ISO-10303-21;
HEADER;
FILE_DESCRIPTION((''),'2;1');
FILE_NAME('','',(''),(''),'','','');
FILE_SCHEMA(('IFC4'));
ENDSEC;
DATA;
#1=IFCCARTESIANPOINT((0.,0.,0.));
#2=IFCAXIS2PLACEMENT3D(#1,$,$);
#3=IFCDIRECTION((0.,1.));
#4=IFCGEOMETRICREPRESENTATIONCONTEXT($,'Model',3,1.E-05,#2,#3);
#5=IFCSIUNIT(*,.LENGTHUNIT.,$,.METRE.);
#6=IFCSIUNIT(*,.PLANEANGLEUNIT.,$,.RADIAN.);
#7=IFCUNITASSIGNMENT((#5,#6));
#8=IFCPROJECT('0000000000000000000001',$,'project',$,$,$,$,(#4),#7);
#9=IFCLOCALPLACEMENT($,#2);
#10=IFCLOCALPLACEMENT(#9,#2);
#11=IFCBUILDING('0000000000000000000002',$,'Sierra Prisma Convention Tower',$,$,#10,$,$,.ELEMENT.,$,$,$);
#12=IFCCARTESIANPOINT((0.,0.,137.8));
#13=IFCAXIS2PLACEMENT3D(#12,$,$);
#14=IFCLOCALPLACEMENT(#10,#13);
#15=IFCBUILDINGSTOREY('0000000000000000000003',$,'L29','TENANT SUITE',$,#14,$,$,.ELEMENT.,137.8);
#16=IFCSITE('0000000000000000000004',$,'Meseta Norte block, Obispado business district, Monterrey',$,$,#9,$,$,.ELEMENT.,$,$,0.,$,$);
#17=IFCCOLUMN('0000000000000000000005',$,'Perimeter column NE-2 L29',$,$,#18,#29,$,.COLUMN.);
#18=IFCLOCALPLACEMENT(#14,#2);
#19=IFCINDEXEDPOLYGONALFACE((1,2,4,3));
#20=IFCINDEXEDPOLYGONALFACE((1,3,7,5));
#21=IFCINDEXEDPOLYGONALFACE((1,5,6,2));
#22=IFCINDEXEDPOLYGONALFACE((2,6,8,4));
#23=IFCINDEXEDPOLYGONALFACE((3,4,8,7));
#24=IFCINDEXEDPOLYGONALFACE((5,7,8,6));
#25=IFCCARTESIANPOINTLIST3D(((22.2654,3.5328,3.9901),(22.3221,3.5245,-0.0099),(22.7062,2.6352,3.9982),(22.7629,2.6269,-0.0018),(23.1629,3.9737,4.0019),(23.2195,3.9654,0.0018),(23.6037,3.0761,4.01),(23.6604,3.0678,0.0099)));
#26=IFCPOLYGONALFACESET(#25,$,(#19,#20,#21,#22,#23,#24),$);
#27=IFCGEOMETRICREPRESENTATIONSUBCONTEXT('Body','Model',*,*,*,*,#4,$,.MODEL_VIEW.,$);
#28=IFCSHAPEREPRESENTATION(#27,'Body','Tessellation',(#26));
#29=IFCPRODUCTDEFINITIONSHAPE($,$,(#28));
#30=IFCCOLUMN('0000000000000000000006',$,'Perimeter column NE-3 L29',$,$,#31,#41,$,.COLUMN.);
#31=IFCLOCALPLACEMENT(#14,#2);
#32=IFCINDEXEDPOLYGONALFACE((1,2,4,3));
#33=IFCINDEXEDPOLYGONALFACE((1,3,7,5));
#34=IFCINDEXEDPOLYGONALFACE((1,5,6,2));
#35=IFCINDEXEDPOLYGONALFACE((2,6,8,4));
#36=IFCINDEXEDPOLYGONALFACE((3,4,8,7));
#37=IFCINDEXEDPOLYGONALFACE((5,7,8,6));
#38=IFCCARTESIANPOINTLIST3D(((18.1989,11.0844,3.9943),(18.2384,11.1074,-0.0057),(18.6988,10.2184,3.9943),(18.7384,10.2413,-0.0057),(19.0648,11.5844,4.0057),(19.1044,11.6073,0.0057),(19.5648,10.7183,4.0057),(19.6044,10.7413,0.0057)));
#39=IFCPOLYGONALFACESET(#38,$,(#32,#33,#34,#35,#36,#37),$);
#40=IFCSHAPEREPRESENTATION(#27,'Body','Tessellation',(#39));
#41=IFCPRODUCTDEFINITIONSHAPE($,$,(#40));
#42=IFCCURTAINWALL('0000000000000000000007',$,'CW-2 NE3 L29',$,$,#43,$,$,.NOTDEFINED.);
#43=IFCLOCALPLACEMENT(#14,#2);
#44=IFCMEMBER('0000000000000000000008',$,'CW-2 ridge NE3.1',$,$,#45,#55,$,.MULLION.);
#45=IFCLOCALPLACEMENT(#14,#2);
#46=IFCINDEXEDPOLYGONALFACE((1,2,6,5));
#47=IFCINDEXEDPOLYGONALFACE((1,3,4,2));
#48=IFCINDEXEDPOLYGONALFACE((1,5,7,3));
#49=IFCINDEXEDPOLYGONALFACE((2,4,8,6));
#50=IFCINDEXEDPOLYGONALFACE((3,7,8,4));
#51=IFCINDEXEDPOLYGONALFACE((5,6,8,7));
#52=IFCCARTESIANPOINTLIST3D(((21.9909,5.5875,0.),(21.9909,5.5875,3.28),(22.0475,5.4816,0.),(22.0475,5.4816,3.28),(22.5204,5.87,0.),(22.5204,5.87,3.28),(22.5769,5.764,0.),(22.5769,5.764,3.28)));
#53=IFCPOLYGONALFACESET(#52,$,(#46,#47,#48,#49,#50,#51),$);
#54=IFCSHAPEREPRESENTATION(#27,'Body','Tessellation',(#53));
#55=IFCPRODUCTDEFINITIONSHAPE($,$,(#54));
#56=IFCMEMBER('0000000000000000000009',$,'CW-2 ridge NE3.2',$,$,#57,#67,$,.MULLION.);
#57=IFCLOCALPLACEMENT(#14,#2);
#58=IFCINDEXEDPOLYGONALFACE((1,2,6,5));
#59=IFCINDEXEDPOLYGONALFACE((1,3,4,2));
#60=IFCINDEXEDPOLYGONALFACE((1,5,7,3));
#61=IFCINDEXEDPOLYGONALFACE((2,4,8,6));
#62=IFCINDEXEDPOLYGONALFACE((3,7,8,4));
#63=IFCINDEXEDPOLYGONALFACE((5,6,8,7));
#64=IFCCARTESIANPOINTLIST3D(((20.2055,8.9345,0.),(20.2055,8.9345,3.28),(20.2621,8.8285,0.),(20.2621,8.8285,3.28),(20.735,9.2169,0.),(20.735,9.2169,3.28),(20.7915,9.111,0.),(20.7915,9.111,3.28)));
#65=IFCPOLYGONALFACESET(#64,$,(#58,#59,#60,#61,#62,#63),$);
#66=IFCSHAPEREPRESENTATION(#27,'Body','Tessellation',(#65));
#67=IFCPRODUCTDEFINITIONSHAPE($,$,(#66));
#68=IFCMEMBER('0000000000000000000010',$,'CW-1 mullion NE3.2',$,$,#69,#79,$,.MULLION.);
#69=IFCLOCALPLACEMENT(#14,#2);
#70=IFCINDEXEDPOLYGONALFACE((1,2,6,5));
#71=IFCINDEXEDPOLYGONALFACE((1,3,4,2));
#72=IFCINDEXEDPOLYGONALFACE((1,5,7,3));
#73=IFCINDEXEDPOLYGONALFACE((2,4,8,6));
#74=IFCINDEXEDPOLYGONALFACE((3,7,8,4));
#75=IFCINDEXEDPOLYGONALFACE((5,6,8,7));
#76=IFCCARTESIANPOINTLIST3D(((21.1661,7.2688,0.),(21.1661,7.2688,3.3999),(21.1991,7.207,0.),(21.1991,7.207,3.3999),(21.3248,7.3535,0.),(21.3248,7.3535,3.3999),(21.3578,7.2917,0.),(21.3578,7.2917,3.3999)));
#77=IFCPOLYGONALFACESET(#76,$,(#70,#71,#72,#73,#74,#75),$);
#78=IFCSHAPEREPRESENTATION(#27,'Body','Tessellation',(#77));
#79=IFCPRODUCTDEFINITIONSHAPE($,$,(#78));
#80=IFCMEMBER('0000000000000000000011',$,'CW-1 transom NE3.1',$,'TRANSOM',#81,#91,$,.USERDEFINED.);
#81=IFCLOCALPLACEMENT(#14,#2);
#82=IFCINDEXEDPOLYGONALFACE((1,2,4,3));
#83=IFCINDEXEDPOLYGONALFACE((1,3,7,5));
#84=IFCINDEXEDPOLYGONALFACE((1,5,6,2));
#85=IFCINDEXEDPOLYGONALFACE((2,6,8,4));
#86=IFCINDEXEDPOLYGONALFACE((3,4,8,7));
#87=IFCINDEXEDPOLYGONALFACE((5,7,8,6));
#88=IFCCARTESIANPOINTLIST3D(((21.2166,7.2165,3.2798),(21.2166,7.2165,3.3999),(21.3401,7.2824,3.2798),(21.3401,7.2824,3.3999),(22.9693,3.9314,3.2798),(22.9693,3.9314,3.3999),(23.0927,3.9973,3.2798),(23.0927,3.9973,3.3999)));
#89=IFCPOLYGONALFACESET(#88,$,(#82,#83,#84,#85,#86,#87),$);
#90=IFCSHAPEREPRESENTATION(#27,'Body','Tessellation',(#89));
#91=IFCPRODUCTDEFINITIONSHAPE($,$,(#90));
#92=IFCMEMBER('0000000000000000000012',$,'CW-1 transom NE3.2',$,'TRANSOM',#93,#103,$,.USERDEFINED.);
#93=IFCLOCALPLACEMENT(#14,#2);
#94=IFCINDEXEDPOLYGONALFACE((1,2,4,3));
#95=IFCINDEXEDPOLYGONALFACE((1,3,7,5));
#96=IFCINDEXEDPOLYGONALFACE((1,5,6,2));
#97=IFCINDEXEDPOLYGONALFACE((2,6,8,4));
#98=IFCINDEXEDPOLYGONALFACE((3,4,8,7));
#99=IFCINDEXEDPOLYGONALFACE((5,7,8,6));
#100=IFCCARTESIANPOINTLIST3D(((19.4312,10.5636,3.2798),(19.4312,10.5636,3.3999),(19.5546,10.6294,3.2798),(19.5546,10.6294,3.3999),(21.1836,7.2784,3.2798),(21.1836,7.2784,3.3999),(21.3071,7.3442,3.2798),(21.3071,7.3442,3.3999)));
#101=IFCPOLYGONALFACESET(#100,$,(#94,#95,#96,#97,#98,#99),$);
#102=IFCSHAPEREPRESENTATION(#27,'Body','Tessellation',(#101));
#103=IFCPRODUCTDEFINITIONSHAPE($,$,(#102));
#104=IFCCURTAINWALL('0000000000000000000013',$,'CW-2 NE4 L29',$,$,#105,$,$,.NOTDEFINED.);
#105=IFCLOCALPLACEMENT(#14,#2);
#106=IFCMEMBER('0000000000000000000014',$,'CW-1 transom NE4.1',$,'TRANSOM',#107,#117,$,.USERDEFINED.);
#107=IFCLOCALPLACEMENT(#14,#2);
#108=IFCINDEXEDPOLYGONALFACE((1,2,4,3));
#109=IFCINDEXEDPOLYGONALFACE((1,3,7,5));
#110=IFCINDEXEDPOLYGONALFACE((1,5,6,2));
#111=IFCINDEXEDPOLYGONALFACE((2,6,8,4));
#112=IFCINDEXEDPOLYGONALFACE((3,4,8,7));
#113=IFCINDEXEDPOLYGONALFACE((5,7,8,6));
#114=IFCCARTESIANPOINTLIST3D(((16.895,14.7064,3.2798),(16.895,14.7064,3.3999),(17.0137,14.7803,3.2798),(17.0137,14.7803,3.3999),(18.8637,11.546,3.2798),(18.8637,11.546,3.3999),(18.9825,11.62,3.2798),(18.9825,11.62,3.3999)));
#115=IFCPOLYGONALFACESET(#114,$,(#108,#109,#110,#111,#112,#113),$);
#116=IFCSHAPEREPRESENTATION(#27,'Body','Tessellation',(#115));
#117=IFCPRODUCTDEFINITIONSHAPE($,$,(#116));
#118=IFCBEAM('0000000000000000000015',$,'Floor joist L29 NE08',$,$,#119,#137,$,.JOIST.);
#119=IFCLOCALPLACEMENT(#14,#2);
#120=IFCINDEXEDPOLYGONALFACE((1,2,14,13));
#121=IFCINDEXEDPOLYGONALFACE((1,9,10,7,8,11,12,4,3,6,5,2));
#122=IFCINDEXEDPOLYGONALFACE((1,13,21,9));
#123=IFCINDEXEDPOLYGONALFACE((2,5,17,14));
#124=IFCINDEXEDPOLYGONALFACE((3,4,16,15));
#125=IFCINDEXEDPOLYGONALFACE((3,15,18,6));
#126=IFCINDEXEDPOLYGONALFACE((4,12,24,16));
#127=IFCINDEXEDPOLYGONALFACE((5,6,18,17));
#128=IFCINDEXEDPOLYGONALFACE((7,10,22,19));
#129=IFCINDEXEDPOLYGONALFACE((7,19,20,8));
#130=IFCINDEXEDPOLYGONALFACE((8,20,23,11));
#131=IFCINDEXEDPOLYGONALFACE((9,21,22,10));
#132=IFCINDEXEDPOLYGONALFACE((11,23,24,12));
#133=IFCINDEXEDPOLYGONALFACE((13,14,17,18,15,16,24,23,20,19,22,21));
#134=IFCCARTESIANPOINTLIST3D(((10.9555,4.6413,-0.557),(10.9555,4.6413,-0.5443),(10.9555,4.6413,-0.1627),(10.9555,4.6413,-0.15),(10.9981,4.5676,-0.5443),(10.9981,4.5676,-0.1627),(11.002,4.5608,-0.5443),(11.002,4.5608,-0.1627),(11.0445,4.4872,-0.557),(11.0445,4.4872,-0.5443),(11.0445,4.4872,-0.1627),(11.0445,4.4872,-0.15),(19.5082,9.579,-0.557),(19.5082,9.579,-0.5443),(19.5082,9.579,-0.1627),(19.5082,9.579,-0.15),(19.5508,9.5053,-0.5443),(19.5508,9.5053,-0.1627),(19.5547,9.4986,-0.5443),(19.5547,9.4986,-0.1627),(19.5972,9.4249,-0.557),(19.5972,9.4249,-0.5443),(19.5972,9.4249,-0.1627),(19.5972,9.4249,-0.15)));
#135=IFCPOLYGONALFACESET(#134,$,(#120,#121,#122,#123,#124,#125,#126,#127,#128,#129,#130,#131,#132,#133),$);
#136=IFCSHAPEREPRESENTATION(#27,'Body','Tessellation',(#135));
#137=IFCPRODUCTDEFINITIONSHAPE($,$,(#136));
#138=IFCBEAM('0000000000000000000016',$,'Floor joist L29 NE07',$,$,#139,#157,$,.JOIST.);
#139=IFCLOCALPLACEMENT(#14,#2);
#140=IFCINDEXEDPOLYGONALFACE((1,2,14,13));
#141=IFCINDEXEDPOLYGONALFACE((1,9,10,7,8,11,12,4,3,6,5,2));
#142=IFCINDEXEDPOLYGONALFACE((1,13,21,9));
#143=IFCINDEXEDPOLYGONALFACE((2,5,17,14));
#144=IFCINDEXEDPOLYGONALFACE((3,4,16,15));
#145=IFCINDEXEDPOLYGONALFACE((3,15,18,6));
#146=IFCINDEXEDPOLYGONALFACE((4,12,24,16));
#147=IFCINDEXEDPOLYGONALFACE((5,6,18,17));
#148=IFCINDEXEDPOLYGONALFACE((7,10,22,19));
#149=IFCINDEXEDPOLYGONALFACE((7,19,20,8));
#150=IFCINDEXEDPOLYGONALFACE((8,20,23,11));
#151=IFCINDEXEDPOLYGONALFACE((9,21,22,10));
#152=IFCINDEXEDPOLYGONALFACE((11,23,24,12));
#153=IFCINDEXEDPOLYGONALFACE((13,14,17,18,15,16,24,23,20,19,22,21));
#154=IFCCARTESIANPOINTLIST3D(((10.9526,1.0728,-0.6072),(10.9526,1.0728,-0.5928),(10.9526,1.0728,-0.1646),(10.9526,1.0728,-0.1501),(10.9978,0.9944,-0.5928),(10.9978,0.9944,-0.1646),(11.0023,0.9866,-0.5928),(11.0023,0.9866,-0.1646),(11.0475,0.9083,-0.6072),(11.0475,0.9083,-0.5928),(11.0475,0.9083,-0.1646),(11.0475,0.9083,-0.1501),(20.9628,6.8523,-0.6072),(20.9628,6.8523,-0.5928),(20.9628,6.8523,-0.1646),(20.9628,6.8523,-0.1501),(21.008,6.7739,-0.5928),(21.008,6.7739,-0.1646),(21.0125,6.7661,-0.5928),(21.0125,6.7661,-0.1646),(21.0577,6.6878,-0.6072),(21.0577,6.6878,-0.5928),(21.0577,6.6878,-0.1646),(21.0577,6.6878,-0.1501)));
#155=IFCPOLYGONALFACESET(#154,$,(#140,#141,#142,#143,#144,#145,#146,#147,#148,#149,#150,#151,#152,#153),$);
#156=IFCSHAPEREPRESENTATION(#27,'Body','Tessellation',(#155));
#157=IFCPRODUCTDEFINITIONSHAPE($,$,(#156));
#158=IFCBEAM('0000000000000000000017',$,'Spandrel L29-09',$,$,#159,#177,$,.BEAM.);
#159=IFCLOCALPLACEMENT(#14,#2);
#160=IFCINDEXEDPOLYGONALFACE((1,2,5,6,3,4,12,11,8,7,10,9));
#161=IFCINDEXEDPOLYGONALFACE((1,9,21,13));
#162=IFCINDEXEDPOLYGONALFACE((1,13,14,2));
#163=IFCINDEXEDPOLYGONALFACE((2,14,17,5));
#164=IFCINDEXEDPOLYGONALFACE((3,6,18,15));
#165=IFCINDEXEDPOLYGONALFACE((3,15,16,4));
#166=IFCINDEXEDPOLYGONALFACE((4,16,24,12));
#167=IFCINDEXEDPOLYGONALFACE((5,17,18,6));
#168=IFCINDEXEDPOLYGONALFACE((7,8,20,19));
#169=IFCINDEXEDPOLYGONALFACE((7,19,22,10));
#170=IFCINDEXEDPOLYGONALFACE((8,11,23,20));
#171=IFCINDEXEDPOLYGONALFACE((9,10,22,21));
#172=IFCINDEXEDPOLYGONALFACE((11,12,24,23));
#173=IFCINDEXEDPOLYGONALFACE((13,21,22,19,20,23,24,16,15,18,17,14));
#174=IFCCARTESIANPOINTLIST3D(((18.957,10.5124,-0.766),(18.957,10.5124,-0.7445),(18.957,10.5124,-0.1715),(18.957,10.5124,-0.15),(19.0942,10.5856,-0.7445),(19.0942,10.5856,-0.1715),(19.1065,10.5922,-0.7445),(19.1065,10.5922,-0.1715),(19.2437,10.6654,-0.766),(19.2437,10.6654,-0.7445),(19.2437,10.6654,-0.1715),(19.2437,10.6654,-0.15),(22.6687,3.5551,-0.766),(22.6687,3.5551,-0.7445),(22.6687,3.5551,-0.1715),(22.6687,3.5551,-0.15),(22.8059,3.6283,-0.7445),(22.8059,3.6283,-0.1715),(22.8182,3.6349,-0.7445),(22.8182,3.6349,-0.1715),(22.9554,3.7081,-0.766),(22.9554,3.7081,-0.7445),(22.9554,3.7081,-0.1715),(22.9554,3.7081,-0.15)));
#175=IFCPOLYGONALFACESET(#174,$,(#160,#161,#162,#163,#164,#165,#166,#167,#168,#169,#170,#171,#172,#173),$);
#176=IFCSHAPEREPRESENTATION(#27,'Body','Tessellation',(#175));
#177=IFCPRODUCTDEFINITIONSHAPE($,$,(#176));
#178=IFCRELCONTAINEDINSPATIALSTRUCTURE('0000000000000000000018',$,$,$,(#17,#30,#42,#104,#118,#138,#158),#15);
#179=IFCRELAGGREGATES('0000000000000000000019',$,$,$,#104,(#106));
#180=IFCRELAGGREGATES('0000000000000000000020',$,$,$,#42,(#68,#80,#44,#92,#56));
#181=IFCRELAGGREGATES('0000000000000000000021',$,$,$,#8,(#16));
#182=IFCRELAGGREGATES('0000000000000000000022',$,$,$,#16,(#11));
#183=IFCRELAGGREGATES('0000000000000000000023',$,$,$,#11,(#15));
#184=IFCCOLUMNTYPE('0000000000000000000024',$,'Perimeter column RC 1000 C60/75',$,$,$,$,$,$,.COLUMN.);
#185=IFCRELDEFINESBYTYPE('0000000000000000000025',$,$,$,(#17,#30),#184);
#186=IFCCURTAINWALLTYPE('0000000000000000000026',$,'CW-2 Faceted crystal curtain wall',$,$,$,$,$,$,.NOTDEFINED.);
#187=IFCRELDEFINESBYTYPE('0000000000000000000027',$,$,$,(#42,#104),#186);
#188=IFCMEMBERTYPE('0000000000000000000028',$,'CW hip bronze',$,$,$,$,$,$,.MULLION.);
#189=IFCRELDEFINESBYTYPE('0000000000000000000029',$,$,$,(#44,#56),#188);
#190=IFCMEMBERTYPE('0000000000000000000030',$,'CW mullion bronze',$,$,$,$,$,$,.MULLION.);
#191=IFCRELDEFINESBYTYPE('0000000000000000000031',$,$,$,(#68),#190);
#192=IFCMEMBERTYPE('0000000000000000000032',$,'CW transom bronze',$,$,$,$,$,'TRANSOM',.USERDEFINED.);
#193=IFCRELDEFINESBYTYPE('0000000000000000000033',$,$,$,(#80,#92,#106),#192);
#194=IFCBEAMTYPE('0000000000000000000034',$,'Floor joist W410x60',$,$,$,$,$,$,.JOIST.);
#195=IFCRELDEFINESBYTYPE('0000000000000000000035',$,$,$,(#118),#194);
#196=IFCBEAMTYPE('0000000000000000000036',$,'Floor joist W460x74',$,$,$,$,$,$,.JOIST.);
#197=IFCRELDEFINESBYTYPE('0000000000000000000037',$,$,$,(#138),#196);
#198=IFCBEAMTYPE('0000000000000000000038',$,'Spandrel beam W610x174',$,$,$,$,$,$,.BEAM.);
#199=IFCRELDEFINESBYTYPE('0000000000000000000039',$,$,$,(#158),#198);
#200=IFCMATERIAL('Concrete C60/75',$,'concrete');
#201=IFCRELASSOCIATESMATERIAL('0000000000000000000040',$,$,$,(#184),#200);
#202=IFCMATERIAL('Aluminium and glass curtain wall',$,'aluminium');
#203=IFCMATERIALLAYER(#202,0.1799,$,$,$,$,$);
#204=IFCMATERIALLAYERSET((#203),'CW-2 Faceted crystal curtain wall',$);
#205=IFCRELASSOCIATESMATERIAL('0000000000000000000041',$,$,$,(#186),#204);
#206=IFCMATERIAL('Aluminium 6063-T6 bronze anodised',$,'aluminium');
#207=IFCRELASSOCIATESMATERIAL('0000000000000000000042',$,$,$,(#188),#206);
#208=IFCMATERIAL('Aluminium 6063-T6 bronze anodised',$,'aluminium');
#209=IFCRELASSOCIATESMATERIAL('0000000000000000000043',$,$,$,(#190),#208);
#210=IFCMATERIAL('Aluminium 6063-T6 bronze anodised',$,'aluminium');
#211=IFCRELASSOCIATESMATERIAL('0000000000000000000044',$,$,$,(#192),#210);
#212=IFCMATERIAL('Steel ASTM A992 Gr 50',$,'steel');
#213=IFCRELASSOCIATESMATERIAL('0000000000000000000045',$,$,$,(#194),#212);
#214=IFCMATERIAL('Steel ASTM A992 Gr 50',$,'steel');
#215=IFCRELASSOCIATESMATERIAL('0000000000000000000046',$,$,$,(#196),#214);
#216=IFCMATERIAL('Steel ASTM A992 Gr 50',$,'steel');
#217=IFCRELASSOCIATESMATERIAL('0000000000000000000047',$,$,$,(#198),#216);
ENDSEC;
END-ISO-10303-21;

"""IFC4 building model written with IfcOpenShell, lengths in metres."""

from ifc_helpers import new_model, si_unit, direction, frame, origin, origin_2d, place, context, subcontext, project, spatial, rectangle, i_section, extrude, material, layer, layer_set, material_profile, profile_set, type_object, element, aggregate, save


model = new_model("IFC4")

# Units and contexts
model_context = context("Model", 3, precision=1e-05, world=origin(), true_north=direction((0.0, 1.0)))
body_context = subcontext(model_context, "Body", "Model", "MODEL_VIEW")
ifc_project = project(units=[si_unit("LENGTHUNIT", "METRE"), si_unit("PLANEANGLEUNIT", "RADIAN")], contexts=[model_context])

# Site, building, storey
site_placement = place(None, origin())
site = spatial("IfcSite", under=ifc_project, at=site_placement, Name="Meseta Norte block, Obispado business district, Monterrey", CompositionType="ELEMENT", RefElevation=0.0)
building_placement = place(site_placement, origin())
building = spatial("IfcBuilding", under=site, at=building_placement, Name="Sierra Prisma Convention Tower", CompositionType="ELEMENT")
storey_placement = place(building_placement, frame((0.0, 0.0, 137.8)))
storey = spatial("IfcBuildingStorey", under=building, at=storey_placement, Name="L29", Description="TENANT SUITE", CompositionType="ELEMENT", Elevation=137.8)

# Columns
ifc_material_1 = material(Name="Concrete C60/75", Category="concrete")
ifc_material_profile_1 = material_profile(ifc_material_1, rectangle(XDim=1.0, YDim=1.0, at=origin_2d()), Name="Perimeter column RC 1000 C60/75")
ifc_profile_set_1 = profile_set([ifc_material_profile_1], Name="Concrete C60/75")
column_type = type_object("IfcColumnType", Name="Perimeter column RC 1000 C60/75", PredefinedType="COLUMN", material=ifc_profile_set_1)
column_1_placement = place(storey_placement, frame((22.9912, 3.2961, 0.0), z_axis=(-0.014159, 0.002075, 0.999898), x_axis=(-0.440837, 0.897551, -0.008105)))
element("IfcColumn", 1, at=column_1_placement, inside=storey, type_object=column_type, Name="Perimeter column NE-2 L29", PredefinedType="COLUMN", context=body_context, shape_type="SweptSolid", body=[
    extrude(rectangle(XDim=1.0, YDim=1.0, at=origin_2d()), origin(), (0.0, 0.0, 1.0), 4.0005),
])
column_2_placement = place(storey_placement, frame((18.9214, 10.9243, 0.0), z_axis=(-0.009887, -0.005737, 0.999935), x_axis=(-0.499976, 0.86604, 0.000025)))
element("IfcColumn", 2, at=column_2_placement, inside=storey, type_object=column_type, Name="Perimeter column NE-3 L29", PredefinedType="COLUMN", context=body_context, shape_type="SweptSolid", body=[
    extrude(rectangle(XDim=1.0, YDim=1.0, at=origin_2d()), origin(), (0.0, 0.0, 1.0), 4.0002),
])

# Curtain wall, members
ifc_material_2 = material(Name="Aluminium and glass curtain wall", Category="aluminium")
ifc_layer_1 = layer(ifc_material_2, 0.1799)
ifc_layer_set_1 = layer_set([ifc_layer_1], Name="CW-2 Faceted crystal curtain wall")
curtain_wall_type = type_object("IfcCurtainWallType", Name="CW-2 Faceted crystal curtain wall", PredefinedType="NOTDEFINED", material=ifc_layer_set_1)
curtain_wall_1_placement = place(storey_placement, origin())
curtain_wall_1 = element("IfcCurtainWall", 3, at=curtain_wall_1_placement, inside=storey, type_object=curtain_wall_type, Name="CW-2 NE3 L29", PredefinedType="NOTDEFINED")
ifc_material_3 = material(Name="Aluminium 6063-T6 bronze anodised", Category="aluminium")
ifc_material_profile_2 = material_profile(ifc_material_3, rectangle(XDim=0.1201, YDim=0.6001, at=origin_2d()), Name="ALU RIDGE BLADE 120x600")
ifc_profile_set_2 = profile_set([ifc_material_profile_2], Name="Aluminium 6063-T6 bronze anodised")
member_type_1 = type_object("IfcMemberType", Name="CW hip bronze", PredefinedType="MULLION", material=ifc_profile_set_2)
member_1_placement = place(storey_placement, frame((22.2839, 5.6758, 0.0), z_axis=(0.0, 0.0, 1.0), x_axis=(-0.470705, 0.882291, 0.0)))
member_1 = element("IfcMember", 4, at=member_1_placement, type_object=member_type_1, Name="CW-2 ridge NE3.1", PredefinedType="MULLION", context=body_context, shape_type="SweptSolid", body=[
    extrude(rectangle(XDim=0.1201, YDim=0.6001, at=origin_2d()), origin(), (0.0, 0.0, 1.0), 3.28),
])
member_2_placement = place(storey_placement, frame((20.4985, 9.0227, 0.0), z_axis=(0.0, 0.0, 1.0), x_axis=(-0.470705, 0.882291, 0.0)))
member_2 = element("IfcMember", 5, at=member_2_placement, type_object=member_type_1, Name="CW-2 ridge NE3.2", PredefinedType="MULLION", context=body_context, shape_type="SweptSolid", body=[
    extrude(rectangle(XDim=0.1201, YDim=0.6001, at=origin_2d()), origin(), (0.0, 0.0, 1.0), 3.28),
])
ifc_material_4 = material(Name="Aluminium 6063-T6 bronze anodised", Category="aluminium")
ifc_material_profile_3 = material_profile(ifc_material_4, rectangle(XDim=0.1799, YDim=0.0701, at=origin_2d()), Name="ALU MULLION 70x180")
ifc_profile_set_3 = profile_set([ifc_material_profile_3], Name="Aluminium 6063-T6 bronze anodised")
member_type_2 = type_object("IfcMemberType", Name="CW mullion bronze", PredefinedType="MULLION", material=ifc_profile_set_3)
member_3_placement = place(storey_placement, frame((21.262, 7.2803, 0.0), z_axis=(0.0, 0.0, 1.0), x_axis=(-0.882291, -0.470705, 0.0)))
member_3 = element("IfcMember", 6, at=member_3_placement, type_object=member_type_2, Name="CW-1 mullion NE3.2", PredefinedType="MULLION", context=body_context, shape_type="SweptSolid", body=[
    extrude(rectangle(XDim=0.1799, YDim=0.0701, at=origin_2d()), origin(), (0.0, 0.0, 1.0), 3.3999),
])
ifc_material_5 = material(Name="Aluminium 6063-T6 bronze anodised", Category="aluminium")
ifc_material_profile_4 = material_profile(ifc_material_5, rectangle(XDim=0.1399, YDim=0.1201, at=origin_2d()), Name="ALU TRANSOM 120x140")
ifc_profile_set_4 = profile_set([ifc_material_profile_4], Name="Aluminium 6063-T6 bronze anodised")
member_type_3 = type_object("IfcMemberType", Name="CW transom bronze", ElementType="TRANSOM", PredefinedType="USERDEFINED", material=ifc_profile_set_4)
member_4_placement = place(storey_placement, frame((23.031, 3.9644, 3.3398), z_axis=(-0.470714, 0.882286, 0.0), x_axis=(-0.882286, -0.470714, 0.0)))
member_4 = element("IfcMember", 7, at=member_4_placement, type_object=member_type_3, Name="CW-1 transom NE3.1", ObjectType="TRANSOM", PredefinedType="USERDEFINED", context=body_context, shape_type="SweptSolid", body=[
    extrude(rectangle(XDim=0.1399, YDim=0.1201, at=origin_2d()), origin(), (0.0, 0.0, 1.0), 3.7234),
])
member_5_placement = place(storey_placement, frame((21.2454, 7.3113, 3.3398), z_axis=(-0.470663, 0.882313, 0.0), x_axis=(-0.882313, -0.470663, 0.0)))
member_5 = element("IfcMember", 8, at=member_5_placement, type_object=member_type_3, Name="CW-1 transom NE3.2", ObjectType="TRANSOM", PredefinedType="USERDEFINED", context=body_context, shape_type="SweptSolid", body=[
    extrude(rectangle(XDim=0.1399, YDim=0.1201, at=origin_2d()), origin(), (0.0, 0.0, 1.0), 3.7234),
])

# Curtain wall, member
curtain_wall_2_placement = place(storey_placement, origin())
curtain_wall_2 = element("IfcCurtainWall", 9, at=curtain_wall_2_placement, inside=storey, type_object=curtain_wall_type, Name="CW-2 NE4 L29", PredefinedType="NOTDEFINED")
member_6_placement = place(storey_placement, frame((18.9231, 11.583, 3.3398), z_axis=(-0.528743, 0.848782, 0.0), x_axis=(-0.848782, -0.528743, 0.0)))
member_6 = element("IfcMember", 10, at=member_6_placement, type_object=member_type_3, Name="CW-1 transom NE4.1", ObjectType="TRANSOM", PredefinedType="USERDEFINED", context=body_context, shape_type="SweptSolid", body=[
    extrude(rectangle(XDim=0.1399, YDim=0.1201, at=origin_2d()), origin(), (0.0, 0.0, 1.0), 3.7234),
])
aggregate(curtain_wall_2, [member_6])

# Beams
ifc_material_6 = material(Name="Steel ASTM A992 Gr 50", Category="steel")
ifc_material_profile_5 = material_profile(ifc_material_6, i_section(OverallWidth=0.178, OverallDepth=0.407, WebThickness=0.0078, FlangeThickness=0.0127, at=origin_2d()), Name="W410x60")
ifc_profile_set_5 = profile_set([ifc_material_profile_5], Name="Steel ASTM A992 Gr 50")
beam_type_1 = type_object("IfcBeamType", Name="Floor joist W410x60", PredefinedType="JOIST", material=ifc_profile_set_5)
beam_1_placement = place(storey_placement, frame((19.5527, 9.502, -0.3535), z_axis=(-0.866033, -0.499986, 0.0), x_axis=(0.499986, -0.866033, 0.0)))
element("IfcBeam", 11, at=beam_1_placement, inside=storey, type_object=beam_type_1, Name="Floor joist L29 NE08", PredefinedType="JOIST", context=body_context, shape_type="SweptSolid", body=[
    extrude(i_section(OverallWidth=0.178, OverallDepth=0.407, WebThickness=0.0078, FlangeThickness=0.0127, at=origin_2d()), origin(), (0.0, 0.0, 1.0), 9.8757),
])
ifc_material_7 = material(Name="Steel ASTM A992 Gr 50", Category="steel")
ifc_material_profile_6 = material_profile(ifc_material_7, i_section(OverallWidth=0.1899, OverallDepth=0.457, WebThickness=0.009, FlangeThickness=0.0144, at=origin_2d()), Name="W460x74")
ifc_profile_set_6 = profile_set([ifc_material_profile_6], Name="Steel ASTM A992 Gr 50")
beam_type_2 = type_object("IfcBeamType", Name="Floor joist W460x74", PredefinedType="JOIST", material=ifc_profile_set_6)
beam_2_placement = place(storey_placement, frame((21.0103, 6.77, -0.3787), z_axis=(-0.866021, -0.500008, 0.0), x_axis=(0.500008, -0.866021, 0.0)))
element("IfcBeam", 12, at=beam_2_placement, inside=storey, type_object=beam_type_2, Name="Floor joist L29 NE07", PredefinedType="JOIST", context=body_context, shape_type="SweptSolid", body=[
    extrude(i_section(OverallWidth=0.1899, OverallDepth=0.457, WebThickness=0.009, FlangeThickness=0.0144, at=origin_2d()), origin(), (0.0, 0.0, 1.0), 11.5588),
])
ifc_material_8 = material(Name="Steel ASTM A992 Gr 50", Category="steel")
ifc_material_profile_7 = material_profile(ifc_material_8, i_section(OverallWidth=0.325, OverallDepth=0.616, WebThickness=0.0139, FlangeThickness=0.0215, at=origin_2d()), Name="W610x174")
ifc_profile_set_7 = profile_set([ifc_material_profile_7], Name="Steel ASTM A992 Gr 50")
beam_type_3 = type_object("IfcBeamType", Name="Spandrel beam W610x174", PredefinedType="BEAM", material=ifc_profile_set_7)
beam_3_placement = place(storey_placement, frame((22.812, 3.6316, -0.458), z_axis=(-0.470699, 0.882294, 0.0), x_axis=(-0.882294, -0.470699, 0.0)))
element("IfcBeam", 13, at=beam_3_placement, inside=storey, type_object=beam_type_3, Name="Spandrel L29-09", PredefinedType="BEAM", context=body_context, shape_type="SweptSolid", body=[
    extrude(i_section(OverallWidth=0.325, OverallDepth=0.616, WebThickness=0.0139, FlangeThickness=0.0215, at=origin_2d()), origin(), (0.0, 0.0, 1.0), 7.8855),
])

aggregate(curtain_wall_1, [member_3, member_4, member_1, member_5, member_2])

save(model, "model.ifc")
